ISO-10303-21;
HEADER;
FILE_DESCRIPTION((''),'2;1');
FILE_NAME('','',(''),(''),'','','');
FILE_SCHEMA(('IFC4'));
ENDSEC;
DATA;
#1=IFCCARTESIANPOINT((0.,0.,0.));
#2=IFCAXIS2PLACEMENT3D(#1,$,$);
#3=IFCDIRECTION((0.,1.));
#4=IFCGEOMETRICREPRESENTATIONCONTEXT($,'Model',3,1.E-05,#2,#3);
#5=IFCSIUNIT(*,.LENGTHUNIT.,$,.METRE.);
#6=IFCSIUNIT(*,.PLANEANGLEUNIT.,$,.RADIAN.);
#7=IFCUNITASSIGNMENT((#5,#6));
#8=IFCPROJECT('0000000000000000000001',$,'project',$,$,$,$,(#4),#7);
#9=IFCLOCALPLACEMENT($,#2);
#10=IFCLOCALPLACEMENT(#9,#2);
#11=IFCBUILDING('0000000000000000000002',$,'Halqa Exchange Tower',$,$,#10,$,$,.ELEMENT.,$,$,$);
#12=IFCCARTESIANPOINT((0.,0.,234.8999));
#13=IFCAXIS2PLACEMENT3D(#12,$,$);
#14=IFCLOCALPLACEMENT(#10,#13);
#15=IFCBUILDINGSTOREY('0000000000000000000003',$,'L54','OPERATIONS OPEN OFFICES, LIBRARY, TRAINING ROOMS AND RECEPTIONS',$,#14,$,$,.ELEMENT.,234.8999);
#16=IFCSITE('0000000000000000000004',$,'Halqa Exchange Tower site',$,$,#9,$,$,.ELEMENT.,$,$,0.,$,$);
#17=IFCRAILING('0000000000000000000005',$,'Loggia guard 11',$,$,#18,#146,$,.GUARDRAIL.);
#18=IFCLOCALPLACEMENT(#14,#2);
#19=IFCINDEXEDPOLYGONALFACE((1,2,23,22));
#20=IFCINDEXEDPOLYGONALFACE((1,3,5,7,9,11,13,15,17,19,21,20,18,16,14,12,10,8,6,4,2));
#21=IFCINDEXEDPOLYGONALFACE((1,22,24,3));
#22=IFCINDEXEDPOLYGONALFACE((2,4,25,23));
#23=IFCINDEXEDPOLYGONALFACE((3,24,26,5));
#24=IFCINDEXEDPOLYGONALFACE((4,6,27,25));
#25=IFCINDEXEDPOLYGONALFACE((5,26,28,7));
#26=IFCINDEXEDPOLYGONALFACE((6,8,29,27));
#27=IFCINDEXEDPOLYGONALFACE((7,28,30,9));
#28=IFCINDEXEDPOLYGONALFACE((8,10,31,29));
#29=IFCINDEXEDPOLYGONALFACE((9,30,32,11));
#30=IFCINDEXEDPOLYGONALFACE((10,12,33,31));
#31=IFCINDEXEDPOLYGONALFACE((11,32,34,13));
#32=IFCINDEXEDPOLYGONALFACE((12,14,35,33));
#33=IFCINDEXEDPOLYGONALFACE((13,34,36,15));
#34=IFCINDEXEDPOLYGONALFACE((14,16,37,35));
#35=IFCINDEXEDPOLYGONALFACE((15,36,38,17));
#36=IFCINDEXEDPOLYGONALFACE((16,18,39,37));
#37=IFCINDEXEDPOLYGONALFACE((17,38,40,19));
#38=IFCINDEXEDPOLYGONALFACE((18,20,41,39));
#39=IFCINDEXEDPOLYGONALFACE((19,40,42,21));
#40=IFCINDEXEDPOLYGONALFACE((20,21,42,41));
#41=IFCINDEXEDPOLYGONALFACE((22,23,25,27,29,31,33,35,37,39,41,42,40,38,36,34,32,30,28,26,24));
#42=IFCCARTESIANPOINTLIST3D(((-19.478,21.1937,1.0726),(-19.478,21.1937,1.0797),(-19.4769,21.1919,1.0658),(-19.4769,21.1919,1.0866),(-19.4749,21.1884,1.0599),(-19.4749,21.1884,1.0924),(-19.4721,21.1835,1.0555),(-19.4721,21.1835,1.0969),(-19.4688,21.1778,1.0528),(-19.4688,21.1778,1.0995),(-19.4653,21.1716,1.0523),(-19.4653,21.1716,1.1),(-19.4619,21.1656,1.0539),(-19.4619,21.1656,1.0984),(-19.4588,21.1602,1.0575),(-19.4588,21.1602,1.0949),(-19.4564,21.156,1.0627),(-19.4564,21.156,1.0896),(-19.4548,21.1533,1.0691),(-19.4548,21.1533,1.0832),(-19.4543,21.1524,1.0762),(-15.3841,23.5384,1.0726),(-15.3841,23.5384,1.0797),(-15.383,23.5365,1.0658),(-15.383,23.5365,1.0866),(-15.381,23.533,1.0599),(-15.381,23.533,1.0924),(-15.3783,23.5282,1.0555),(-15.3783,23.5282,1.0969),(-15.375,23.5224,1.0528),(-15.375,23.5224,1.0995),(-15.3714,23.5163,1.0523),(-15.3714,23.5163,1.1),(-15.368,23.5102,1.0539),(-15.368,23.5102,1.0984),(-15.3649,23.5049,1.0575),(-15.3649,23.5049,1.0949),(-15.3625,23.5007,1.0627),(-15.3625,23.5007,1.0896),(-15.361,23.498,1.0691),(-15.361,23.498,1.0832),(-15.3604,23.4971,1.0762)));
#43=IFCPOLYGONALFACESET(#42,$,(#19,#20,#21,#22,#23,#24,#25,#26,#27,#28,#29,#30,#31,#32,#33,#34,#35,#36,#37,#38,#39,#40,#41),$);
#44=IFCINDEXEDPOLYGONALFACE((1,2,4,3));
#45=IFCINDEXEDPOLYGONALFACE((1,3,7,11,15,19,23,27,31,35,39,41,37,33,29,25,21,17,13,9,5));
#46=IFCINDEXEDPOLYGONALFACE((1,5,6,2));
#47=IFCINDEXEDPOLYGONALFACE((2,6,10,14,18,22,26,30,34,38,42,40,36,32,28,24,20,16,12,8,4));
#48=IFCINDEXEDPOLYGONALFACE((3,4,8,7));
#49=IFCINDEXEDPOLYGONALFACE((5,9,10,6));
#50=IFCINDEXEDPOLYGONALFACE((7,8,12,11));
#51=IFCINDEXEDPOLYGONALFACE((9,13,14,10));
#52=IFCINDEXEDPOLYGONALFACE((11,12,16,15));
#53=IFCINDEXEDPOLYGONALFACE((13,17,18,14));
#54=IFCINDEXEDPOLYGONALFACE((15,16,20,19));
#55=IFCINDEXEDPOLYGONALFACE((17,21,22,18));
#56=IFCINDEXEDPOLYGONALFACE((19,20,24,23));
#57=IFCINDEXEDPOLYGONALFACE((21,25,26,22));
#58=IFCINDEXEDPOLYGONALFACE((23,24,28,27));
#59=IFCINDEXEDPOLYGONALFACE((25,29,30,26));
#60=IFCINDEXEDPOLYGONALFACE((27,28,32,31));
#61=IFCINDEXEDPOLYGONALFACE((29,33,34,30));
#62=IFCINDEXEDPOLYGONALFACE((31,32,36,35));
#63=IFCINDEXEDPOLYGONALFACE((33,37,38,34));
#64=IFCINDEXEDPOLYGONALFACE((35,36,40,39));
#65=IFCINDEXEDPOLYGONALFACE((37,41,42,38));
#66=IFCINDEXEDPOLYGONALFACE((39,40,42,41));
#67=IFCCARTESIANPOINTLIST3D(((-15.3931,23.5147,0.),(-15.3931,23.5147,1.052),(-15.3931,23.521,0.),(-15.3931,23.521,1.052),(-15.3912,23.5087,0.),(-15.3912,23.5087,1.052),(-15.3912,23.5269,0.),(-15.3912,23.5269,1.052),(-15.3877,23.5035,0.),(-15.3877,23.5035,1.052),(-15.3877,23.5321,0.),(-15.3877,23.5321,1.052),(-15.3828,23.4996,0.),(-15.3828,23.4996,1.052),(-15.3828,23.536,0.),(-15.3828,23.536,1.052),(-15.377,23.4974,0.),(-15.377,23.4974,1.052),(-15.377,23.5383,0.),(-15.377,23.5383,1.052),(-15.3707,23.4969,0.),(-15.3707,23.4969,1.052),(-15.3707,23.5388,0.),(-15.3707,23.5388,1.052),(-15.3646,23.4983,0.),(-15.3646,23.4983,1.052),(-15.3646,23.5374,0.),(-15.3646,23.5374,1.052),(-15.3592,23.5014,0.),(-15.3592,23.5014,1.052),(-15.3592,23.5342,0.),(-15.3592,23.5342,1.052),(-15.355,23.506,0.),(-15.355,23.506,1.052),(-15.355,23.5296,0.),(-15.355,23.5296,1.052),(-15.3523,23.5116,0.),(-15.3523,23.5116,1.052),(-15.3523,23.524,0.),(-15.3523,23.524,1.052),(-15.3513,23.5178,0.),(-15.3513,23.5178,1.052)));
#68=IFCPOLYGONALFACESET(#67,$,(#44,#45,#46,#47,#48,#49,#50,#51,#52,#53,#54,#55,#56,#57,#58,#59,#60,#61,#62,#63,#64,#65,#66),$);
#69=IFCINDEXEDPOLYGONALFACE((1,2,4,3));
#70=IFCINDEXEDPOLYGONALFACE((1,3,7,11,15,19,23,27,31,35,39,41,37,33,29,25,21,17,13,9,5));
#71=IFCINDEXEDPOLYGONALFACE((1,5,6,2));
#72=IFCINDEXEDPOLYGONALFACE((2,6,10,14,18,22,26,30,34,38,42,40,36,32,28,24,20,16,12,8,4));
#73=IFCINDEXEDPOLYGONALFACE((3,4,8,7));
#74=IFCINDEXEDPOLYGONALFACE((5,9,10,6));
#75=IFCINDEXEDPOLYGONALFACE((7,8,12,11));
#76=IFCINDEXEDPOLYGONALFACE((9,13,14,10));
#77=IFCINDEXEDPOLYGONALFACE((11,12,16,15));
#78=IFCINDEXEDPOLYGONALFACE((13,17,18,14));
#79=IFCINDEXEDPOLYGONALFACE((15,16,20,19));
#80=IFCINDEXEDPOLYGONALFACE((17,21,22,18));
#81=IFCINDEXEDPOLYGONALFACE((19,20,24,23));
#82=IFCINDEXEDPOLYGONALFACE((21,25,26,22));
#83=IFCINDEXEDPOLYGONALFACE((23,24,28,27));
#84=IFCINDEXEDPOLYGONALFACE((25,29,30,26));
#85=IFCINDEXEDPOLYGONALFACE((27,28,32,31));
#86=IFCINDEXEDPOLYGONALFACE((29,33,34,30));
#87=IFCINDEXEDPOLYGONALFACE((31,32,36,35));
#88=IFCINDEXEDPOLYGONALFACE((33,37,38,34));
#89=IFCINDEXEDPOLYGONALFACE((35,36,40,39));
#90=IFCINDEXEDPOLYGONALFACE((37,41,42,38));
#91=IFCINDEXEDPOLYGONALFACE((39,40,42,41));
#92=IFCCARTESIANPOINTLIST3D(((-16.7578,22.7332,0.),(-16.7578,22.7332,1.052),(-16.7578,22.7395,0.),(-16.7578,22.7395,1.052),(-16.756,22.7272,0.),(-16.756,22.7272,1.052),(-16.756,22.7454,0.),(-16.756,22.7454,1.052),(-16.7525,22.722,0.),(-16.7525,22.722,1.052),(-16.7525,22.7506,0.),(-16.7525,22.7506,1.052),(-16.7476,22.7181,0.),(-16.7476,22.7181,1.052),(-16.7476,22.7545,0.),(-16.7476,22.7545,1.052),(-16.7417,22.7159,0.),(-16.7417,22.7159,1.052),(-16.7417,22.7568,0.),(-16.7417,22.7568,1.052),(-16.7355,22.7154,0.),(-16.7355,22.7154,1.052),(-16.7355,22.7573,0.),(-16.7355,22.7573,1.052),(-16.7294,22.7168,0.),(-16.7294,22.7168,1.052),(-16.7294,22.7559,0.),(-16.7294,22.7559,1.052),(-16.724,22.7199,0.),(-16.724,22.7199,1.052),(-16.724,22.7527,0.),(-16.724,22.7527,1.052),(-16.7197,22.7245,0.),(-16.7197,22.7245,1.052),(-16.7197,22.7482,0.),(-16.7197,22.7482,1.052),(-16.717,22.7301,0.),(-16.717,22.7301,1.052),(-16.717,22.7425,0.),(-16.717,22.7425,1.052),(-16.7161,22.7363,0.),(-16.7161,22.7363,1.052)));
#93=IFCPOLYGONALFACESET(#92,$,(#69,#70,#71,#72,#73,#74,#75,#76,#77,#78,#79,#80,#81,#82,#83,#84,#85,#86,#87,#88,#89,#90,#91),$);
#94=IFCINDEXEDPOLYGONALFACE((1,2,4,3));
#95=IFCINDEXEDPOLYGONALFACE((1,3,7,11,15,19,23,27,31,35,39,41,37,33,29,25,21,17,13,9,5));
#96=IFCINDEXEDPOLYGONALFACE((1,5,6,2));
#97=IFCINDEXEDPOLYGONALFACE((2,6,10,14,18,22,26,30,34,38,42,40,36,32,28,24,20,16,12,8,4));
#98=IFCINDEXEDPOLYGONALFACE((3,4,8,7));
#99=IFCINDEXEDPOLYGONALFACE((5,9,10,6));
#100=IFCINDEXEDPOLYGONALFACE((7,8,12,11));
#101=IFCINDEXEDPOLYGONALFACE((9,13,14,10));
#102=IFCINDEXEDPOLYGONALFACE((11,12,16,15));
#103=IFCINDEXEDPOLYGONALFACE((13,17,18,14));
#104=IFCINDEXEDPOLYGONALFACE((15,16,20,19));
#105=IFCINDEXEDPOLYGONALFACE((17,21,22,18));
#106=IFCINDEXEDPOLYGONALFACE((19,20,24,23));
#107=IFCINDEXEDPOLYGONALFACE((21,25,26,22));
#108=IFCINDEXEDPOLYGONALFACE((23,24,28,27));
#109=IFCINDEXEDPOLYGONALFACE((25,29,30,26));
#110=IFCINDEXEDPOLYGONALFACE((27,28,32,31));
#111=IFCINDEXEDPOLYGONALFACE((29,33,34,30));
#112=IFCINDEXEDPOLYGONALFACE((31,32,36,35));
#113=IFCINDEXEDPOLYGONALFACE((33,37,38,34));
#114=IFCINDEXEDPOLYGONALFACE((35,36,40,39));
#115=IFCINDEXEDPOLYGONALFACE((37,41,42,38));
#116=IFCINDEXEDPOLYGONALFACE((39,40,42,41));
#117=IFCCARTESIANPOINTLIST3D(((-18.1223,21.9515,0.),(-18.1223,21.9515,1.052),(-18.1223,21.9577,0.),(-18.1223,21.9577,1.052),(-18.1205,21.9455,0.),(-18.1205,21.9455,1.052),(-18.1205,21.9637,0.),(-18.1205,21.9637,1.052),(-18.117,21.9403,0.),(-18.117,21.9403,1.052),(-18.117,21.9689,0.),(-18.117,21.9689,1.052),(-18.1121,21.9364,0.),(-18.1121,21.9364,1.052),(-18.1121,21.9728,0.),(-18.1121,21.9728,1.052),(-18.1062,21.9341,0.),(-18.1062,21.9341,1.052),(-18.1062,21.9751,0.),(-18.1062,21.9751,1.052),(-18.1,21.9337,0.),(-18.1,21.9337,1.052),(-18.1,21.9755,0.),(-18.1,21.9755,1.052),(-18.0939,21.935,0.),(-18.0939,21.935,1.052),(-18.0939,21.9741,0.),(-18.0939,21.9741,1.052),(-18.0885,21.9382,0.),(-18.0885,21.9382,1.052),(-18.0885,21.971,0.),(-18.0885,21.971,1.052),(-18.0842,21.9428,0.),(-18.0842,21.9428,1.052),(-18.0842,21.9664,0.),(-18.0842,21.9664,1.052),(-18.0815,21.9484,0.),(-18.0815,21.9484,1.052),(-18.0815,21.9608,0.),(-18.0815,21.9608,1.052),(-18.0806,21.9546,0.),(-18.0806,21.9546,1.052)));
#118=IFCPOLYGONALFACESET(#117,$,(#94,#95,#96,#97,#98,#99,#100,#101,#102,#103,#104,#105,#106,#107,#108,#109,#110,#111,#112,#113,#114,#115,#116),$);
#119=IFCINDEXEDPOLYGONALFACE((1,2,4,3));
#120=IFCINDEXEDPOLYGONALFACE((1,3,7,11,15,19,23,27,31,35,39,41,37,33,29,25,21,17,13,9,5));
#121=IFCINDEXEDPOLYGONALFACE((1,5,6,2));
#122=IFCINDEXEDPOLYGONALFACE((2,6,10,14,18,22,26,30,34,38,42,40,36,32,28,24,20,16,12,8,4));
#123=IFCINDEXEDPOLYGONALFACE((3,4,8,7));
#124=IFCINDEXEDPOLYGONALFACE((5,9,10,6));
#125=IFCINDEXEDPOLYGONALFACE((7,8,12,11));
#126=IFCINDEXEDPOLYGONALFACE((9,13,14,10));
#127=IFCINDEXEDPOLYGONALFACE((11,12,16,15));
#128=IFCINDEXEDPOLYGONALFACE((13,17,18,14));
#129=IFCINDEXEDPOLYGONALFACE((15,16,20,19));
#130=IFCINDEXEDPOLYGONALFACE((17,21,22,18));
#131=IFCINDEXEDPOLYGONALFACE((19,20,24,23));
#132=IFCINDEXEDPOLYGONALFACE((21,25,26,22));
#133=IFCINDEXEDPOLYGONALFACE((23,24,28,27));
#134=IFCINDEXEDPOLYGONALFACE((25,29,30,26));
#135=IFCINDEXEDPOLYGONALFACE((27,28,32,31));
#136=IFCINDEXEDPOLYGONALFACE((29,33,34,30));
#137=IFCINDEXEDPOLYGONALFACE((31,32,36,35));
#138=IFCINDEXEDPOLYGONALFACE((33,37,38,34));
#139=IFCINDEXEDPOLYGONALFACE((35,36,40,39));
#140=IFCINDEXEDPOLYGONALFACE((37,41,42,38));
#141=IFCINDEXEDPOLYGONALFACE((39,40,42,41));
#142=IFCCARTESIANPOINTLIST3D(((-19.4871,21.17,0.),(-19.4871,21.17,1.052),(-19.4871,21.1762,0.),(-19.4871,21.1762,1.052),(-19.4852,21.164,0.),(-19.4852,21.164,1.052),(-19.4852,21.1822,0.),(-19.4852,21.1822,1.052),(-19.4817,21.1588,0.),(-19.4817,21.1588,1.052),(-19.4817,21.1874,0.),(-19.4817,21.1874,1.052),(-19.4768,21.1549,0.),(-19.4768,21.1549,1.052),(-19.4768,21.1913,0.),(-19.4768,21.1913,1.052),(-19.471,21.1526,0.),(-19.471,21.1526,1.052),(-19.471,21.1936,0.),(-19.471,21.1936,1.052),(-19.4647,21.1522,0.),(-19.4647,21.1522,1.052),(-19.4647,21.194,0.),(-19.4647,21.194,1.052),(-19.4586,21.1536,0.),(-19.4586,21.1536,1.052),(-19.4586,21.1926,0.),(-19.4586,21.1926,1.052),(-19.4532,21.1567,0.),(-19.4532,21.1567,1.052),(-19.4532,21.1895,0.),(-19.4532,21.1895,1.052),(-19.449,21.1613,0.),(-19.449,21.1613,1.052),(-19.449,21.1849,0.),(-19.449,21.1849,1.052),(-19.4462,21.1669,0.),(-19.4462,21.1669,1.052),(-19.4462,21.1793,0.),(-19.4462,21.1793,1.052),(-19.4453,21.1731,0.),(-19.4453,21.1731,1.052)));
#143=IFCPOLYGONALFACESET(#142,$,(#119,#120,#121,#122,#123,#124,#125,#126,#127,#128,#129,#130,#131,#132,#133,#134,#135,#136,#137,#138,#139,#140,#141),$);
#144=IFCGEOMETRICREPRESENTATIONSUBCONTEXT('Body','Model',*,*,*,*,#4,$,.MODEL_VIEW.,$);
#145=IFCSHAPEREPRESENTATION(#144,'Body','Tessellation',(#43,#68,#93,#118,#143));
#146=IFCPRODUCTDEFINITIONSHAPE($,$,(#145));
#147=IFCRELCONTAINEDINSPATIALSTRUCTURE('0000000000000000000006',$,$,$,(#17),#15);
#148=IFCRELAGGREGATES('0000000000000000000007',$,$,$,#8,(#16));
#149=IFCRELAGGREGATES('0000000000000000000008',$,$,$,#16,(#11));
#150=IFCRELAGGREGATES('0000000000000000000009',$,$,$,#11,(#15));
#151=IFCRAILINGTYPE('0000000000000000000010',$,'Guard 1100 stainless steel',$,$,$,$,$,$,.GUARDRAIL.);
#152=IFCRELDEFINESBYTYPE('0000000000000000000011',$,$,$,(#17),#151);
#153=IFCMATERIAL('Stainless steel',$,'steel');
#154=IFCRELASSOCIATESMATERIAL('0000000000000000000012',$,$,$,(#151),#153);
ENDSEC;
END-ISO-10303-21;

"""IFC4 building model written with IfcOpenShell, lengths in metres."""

from ifc_helpers import new_model, si_unit, direction, frame, origin, origin_2d, place, context, subcontext, project, spatial, circle, extrude, material, type_object, element, save


model = new_model("IFC4")

# Units and contexts
model_context = context("Model", 3, precision=1e-05, world=origin(), true_north=direction((0.0, 1.0)))
body_context = subcontext(model_context, "Body", "Model", "MODEL_VIEW")
ifc_project = project(units=[si_unit("LENGTHUNIT", "METRE"), si_unit("PLANEANGLEUNIT", "RADIAN")], contexts=[model_context])

# Site, building, storey
site_placement = place(None, origin())
site = spatial("IfcSite", under=ifc_project, at=site_placement, Name="Halqa Exchange Tower site", CompositionType="ELEMENT", RefElevation=0.0)
building_placement = place(site_placement, origin())
building = spatial("IfcBuilding", under=site, at=building_placement, Name="Halqa Exchange Tower", CompositionType="ELEMENT")
storey_placement = place(building_placement, frame((0.0, 0.0, 234.8999)))
storey = spatial("IfcBuildingStorey", under=building, at=storey_placement, Name="L54", Description="OPERATIONS OPEN OFFICES, LIBRARY, TRAINING ROOMS AND RECEPTIONS", CompositionType="ELEMENT", Elevation=234.8999)

# Railing
ifc_material_1 = material(Name="Stainless steel", Category="steel")
railing_type = type_object("IfcRailingType", Name="Guard 1100 stainless steel", PredefinedType="GUARDRAIL", material=ifc_material_1)
railing_1_placement = place(storey_placement, frame((-15.3723, 23.5178, 0.0)))
element("IfcRailing", 1, at=railing_1_placement, inside=storey, type_object=railing_type, Name="Loggia guard 11", PredefinedType="GUARDRAIL", context=body_context, shape_type="SweptSolid", body=[
    extrude(circle(Radius=0.0239, at=origin_2d()), frame((0.0, 0.0, 1.0762), z_axis=(-0.867759, -0.496986, 0.0), x_axis=(0.496986, -0.867759, 0.0)), (0.0, 0.0, 1.0), 4.7178),
    extrude(circle(Radius=0.021, at=origin_2d()), origin(), (0.0, 0.0, 1.0), 1.052),
    extrude(circle(Radius=0.021, at=origin_2d()), frame((-1.3647, -0.7815, 0.0)), (0.0, 0.0, 1.0), 1.052),
    extrude(circle(Radius=0.021, at=origin_2d()), frame((-2.7292, -1.5632, 0.0)), (0.0, 0.0, 1.0), 1.052),
    extrude(circle(Radius=0.021, at=origin_2d()), frame((-4.094, -2.3447, 0.0)), (0.0, 0.0, 1.0), 1.052),
])

save(model, "model.ifc")
